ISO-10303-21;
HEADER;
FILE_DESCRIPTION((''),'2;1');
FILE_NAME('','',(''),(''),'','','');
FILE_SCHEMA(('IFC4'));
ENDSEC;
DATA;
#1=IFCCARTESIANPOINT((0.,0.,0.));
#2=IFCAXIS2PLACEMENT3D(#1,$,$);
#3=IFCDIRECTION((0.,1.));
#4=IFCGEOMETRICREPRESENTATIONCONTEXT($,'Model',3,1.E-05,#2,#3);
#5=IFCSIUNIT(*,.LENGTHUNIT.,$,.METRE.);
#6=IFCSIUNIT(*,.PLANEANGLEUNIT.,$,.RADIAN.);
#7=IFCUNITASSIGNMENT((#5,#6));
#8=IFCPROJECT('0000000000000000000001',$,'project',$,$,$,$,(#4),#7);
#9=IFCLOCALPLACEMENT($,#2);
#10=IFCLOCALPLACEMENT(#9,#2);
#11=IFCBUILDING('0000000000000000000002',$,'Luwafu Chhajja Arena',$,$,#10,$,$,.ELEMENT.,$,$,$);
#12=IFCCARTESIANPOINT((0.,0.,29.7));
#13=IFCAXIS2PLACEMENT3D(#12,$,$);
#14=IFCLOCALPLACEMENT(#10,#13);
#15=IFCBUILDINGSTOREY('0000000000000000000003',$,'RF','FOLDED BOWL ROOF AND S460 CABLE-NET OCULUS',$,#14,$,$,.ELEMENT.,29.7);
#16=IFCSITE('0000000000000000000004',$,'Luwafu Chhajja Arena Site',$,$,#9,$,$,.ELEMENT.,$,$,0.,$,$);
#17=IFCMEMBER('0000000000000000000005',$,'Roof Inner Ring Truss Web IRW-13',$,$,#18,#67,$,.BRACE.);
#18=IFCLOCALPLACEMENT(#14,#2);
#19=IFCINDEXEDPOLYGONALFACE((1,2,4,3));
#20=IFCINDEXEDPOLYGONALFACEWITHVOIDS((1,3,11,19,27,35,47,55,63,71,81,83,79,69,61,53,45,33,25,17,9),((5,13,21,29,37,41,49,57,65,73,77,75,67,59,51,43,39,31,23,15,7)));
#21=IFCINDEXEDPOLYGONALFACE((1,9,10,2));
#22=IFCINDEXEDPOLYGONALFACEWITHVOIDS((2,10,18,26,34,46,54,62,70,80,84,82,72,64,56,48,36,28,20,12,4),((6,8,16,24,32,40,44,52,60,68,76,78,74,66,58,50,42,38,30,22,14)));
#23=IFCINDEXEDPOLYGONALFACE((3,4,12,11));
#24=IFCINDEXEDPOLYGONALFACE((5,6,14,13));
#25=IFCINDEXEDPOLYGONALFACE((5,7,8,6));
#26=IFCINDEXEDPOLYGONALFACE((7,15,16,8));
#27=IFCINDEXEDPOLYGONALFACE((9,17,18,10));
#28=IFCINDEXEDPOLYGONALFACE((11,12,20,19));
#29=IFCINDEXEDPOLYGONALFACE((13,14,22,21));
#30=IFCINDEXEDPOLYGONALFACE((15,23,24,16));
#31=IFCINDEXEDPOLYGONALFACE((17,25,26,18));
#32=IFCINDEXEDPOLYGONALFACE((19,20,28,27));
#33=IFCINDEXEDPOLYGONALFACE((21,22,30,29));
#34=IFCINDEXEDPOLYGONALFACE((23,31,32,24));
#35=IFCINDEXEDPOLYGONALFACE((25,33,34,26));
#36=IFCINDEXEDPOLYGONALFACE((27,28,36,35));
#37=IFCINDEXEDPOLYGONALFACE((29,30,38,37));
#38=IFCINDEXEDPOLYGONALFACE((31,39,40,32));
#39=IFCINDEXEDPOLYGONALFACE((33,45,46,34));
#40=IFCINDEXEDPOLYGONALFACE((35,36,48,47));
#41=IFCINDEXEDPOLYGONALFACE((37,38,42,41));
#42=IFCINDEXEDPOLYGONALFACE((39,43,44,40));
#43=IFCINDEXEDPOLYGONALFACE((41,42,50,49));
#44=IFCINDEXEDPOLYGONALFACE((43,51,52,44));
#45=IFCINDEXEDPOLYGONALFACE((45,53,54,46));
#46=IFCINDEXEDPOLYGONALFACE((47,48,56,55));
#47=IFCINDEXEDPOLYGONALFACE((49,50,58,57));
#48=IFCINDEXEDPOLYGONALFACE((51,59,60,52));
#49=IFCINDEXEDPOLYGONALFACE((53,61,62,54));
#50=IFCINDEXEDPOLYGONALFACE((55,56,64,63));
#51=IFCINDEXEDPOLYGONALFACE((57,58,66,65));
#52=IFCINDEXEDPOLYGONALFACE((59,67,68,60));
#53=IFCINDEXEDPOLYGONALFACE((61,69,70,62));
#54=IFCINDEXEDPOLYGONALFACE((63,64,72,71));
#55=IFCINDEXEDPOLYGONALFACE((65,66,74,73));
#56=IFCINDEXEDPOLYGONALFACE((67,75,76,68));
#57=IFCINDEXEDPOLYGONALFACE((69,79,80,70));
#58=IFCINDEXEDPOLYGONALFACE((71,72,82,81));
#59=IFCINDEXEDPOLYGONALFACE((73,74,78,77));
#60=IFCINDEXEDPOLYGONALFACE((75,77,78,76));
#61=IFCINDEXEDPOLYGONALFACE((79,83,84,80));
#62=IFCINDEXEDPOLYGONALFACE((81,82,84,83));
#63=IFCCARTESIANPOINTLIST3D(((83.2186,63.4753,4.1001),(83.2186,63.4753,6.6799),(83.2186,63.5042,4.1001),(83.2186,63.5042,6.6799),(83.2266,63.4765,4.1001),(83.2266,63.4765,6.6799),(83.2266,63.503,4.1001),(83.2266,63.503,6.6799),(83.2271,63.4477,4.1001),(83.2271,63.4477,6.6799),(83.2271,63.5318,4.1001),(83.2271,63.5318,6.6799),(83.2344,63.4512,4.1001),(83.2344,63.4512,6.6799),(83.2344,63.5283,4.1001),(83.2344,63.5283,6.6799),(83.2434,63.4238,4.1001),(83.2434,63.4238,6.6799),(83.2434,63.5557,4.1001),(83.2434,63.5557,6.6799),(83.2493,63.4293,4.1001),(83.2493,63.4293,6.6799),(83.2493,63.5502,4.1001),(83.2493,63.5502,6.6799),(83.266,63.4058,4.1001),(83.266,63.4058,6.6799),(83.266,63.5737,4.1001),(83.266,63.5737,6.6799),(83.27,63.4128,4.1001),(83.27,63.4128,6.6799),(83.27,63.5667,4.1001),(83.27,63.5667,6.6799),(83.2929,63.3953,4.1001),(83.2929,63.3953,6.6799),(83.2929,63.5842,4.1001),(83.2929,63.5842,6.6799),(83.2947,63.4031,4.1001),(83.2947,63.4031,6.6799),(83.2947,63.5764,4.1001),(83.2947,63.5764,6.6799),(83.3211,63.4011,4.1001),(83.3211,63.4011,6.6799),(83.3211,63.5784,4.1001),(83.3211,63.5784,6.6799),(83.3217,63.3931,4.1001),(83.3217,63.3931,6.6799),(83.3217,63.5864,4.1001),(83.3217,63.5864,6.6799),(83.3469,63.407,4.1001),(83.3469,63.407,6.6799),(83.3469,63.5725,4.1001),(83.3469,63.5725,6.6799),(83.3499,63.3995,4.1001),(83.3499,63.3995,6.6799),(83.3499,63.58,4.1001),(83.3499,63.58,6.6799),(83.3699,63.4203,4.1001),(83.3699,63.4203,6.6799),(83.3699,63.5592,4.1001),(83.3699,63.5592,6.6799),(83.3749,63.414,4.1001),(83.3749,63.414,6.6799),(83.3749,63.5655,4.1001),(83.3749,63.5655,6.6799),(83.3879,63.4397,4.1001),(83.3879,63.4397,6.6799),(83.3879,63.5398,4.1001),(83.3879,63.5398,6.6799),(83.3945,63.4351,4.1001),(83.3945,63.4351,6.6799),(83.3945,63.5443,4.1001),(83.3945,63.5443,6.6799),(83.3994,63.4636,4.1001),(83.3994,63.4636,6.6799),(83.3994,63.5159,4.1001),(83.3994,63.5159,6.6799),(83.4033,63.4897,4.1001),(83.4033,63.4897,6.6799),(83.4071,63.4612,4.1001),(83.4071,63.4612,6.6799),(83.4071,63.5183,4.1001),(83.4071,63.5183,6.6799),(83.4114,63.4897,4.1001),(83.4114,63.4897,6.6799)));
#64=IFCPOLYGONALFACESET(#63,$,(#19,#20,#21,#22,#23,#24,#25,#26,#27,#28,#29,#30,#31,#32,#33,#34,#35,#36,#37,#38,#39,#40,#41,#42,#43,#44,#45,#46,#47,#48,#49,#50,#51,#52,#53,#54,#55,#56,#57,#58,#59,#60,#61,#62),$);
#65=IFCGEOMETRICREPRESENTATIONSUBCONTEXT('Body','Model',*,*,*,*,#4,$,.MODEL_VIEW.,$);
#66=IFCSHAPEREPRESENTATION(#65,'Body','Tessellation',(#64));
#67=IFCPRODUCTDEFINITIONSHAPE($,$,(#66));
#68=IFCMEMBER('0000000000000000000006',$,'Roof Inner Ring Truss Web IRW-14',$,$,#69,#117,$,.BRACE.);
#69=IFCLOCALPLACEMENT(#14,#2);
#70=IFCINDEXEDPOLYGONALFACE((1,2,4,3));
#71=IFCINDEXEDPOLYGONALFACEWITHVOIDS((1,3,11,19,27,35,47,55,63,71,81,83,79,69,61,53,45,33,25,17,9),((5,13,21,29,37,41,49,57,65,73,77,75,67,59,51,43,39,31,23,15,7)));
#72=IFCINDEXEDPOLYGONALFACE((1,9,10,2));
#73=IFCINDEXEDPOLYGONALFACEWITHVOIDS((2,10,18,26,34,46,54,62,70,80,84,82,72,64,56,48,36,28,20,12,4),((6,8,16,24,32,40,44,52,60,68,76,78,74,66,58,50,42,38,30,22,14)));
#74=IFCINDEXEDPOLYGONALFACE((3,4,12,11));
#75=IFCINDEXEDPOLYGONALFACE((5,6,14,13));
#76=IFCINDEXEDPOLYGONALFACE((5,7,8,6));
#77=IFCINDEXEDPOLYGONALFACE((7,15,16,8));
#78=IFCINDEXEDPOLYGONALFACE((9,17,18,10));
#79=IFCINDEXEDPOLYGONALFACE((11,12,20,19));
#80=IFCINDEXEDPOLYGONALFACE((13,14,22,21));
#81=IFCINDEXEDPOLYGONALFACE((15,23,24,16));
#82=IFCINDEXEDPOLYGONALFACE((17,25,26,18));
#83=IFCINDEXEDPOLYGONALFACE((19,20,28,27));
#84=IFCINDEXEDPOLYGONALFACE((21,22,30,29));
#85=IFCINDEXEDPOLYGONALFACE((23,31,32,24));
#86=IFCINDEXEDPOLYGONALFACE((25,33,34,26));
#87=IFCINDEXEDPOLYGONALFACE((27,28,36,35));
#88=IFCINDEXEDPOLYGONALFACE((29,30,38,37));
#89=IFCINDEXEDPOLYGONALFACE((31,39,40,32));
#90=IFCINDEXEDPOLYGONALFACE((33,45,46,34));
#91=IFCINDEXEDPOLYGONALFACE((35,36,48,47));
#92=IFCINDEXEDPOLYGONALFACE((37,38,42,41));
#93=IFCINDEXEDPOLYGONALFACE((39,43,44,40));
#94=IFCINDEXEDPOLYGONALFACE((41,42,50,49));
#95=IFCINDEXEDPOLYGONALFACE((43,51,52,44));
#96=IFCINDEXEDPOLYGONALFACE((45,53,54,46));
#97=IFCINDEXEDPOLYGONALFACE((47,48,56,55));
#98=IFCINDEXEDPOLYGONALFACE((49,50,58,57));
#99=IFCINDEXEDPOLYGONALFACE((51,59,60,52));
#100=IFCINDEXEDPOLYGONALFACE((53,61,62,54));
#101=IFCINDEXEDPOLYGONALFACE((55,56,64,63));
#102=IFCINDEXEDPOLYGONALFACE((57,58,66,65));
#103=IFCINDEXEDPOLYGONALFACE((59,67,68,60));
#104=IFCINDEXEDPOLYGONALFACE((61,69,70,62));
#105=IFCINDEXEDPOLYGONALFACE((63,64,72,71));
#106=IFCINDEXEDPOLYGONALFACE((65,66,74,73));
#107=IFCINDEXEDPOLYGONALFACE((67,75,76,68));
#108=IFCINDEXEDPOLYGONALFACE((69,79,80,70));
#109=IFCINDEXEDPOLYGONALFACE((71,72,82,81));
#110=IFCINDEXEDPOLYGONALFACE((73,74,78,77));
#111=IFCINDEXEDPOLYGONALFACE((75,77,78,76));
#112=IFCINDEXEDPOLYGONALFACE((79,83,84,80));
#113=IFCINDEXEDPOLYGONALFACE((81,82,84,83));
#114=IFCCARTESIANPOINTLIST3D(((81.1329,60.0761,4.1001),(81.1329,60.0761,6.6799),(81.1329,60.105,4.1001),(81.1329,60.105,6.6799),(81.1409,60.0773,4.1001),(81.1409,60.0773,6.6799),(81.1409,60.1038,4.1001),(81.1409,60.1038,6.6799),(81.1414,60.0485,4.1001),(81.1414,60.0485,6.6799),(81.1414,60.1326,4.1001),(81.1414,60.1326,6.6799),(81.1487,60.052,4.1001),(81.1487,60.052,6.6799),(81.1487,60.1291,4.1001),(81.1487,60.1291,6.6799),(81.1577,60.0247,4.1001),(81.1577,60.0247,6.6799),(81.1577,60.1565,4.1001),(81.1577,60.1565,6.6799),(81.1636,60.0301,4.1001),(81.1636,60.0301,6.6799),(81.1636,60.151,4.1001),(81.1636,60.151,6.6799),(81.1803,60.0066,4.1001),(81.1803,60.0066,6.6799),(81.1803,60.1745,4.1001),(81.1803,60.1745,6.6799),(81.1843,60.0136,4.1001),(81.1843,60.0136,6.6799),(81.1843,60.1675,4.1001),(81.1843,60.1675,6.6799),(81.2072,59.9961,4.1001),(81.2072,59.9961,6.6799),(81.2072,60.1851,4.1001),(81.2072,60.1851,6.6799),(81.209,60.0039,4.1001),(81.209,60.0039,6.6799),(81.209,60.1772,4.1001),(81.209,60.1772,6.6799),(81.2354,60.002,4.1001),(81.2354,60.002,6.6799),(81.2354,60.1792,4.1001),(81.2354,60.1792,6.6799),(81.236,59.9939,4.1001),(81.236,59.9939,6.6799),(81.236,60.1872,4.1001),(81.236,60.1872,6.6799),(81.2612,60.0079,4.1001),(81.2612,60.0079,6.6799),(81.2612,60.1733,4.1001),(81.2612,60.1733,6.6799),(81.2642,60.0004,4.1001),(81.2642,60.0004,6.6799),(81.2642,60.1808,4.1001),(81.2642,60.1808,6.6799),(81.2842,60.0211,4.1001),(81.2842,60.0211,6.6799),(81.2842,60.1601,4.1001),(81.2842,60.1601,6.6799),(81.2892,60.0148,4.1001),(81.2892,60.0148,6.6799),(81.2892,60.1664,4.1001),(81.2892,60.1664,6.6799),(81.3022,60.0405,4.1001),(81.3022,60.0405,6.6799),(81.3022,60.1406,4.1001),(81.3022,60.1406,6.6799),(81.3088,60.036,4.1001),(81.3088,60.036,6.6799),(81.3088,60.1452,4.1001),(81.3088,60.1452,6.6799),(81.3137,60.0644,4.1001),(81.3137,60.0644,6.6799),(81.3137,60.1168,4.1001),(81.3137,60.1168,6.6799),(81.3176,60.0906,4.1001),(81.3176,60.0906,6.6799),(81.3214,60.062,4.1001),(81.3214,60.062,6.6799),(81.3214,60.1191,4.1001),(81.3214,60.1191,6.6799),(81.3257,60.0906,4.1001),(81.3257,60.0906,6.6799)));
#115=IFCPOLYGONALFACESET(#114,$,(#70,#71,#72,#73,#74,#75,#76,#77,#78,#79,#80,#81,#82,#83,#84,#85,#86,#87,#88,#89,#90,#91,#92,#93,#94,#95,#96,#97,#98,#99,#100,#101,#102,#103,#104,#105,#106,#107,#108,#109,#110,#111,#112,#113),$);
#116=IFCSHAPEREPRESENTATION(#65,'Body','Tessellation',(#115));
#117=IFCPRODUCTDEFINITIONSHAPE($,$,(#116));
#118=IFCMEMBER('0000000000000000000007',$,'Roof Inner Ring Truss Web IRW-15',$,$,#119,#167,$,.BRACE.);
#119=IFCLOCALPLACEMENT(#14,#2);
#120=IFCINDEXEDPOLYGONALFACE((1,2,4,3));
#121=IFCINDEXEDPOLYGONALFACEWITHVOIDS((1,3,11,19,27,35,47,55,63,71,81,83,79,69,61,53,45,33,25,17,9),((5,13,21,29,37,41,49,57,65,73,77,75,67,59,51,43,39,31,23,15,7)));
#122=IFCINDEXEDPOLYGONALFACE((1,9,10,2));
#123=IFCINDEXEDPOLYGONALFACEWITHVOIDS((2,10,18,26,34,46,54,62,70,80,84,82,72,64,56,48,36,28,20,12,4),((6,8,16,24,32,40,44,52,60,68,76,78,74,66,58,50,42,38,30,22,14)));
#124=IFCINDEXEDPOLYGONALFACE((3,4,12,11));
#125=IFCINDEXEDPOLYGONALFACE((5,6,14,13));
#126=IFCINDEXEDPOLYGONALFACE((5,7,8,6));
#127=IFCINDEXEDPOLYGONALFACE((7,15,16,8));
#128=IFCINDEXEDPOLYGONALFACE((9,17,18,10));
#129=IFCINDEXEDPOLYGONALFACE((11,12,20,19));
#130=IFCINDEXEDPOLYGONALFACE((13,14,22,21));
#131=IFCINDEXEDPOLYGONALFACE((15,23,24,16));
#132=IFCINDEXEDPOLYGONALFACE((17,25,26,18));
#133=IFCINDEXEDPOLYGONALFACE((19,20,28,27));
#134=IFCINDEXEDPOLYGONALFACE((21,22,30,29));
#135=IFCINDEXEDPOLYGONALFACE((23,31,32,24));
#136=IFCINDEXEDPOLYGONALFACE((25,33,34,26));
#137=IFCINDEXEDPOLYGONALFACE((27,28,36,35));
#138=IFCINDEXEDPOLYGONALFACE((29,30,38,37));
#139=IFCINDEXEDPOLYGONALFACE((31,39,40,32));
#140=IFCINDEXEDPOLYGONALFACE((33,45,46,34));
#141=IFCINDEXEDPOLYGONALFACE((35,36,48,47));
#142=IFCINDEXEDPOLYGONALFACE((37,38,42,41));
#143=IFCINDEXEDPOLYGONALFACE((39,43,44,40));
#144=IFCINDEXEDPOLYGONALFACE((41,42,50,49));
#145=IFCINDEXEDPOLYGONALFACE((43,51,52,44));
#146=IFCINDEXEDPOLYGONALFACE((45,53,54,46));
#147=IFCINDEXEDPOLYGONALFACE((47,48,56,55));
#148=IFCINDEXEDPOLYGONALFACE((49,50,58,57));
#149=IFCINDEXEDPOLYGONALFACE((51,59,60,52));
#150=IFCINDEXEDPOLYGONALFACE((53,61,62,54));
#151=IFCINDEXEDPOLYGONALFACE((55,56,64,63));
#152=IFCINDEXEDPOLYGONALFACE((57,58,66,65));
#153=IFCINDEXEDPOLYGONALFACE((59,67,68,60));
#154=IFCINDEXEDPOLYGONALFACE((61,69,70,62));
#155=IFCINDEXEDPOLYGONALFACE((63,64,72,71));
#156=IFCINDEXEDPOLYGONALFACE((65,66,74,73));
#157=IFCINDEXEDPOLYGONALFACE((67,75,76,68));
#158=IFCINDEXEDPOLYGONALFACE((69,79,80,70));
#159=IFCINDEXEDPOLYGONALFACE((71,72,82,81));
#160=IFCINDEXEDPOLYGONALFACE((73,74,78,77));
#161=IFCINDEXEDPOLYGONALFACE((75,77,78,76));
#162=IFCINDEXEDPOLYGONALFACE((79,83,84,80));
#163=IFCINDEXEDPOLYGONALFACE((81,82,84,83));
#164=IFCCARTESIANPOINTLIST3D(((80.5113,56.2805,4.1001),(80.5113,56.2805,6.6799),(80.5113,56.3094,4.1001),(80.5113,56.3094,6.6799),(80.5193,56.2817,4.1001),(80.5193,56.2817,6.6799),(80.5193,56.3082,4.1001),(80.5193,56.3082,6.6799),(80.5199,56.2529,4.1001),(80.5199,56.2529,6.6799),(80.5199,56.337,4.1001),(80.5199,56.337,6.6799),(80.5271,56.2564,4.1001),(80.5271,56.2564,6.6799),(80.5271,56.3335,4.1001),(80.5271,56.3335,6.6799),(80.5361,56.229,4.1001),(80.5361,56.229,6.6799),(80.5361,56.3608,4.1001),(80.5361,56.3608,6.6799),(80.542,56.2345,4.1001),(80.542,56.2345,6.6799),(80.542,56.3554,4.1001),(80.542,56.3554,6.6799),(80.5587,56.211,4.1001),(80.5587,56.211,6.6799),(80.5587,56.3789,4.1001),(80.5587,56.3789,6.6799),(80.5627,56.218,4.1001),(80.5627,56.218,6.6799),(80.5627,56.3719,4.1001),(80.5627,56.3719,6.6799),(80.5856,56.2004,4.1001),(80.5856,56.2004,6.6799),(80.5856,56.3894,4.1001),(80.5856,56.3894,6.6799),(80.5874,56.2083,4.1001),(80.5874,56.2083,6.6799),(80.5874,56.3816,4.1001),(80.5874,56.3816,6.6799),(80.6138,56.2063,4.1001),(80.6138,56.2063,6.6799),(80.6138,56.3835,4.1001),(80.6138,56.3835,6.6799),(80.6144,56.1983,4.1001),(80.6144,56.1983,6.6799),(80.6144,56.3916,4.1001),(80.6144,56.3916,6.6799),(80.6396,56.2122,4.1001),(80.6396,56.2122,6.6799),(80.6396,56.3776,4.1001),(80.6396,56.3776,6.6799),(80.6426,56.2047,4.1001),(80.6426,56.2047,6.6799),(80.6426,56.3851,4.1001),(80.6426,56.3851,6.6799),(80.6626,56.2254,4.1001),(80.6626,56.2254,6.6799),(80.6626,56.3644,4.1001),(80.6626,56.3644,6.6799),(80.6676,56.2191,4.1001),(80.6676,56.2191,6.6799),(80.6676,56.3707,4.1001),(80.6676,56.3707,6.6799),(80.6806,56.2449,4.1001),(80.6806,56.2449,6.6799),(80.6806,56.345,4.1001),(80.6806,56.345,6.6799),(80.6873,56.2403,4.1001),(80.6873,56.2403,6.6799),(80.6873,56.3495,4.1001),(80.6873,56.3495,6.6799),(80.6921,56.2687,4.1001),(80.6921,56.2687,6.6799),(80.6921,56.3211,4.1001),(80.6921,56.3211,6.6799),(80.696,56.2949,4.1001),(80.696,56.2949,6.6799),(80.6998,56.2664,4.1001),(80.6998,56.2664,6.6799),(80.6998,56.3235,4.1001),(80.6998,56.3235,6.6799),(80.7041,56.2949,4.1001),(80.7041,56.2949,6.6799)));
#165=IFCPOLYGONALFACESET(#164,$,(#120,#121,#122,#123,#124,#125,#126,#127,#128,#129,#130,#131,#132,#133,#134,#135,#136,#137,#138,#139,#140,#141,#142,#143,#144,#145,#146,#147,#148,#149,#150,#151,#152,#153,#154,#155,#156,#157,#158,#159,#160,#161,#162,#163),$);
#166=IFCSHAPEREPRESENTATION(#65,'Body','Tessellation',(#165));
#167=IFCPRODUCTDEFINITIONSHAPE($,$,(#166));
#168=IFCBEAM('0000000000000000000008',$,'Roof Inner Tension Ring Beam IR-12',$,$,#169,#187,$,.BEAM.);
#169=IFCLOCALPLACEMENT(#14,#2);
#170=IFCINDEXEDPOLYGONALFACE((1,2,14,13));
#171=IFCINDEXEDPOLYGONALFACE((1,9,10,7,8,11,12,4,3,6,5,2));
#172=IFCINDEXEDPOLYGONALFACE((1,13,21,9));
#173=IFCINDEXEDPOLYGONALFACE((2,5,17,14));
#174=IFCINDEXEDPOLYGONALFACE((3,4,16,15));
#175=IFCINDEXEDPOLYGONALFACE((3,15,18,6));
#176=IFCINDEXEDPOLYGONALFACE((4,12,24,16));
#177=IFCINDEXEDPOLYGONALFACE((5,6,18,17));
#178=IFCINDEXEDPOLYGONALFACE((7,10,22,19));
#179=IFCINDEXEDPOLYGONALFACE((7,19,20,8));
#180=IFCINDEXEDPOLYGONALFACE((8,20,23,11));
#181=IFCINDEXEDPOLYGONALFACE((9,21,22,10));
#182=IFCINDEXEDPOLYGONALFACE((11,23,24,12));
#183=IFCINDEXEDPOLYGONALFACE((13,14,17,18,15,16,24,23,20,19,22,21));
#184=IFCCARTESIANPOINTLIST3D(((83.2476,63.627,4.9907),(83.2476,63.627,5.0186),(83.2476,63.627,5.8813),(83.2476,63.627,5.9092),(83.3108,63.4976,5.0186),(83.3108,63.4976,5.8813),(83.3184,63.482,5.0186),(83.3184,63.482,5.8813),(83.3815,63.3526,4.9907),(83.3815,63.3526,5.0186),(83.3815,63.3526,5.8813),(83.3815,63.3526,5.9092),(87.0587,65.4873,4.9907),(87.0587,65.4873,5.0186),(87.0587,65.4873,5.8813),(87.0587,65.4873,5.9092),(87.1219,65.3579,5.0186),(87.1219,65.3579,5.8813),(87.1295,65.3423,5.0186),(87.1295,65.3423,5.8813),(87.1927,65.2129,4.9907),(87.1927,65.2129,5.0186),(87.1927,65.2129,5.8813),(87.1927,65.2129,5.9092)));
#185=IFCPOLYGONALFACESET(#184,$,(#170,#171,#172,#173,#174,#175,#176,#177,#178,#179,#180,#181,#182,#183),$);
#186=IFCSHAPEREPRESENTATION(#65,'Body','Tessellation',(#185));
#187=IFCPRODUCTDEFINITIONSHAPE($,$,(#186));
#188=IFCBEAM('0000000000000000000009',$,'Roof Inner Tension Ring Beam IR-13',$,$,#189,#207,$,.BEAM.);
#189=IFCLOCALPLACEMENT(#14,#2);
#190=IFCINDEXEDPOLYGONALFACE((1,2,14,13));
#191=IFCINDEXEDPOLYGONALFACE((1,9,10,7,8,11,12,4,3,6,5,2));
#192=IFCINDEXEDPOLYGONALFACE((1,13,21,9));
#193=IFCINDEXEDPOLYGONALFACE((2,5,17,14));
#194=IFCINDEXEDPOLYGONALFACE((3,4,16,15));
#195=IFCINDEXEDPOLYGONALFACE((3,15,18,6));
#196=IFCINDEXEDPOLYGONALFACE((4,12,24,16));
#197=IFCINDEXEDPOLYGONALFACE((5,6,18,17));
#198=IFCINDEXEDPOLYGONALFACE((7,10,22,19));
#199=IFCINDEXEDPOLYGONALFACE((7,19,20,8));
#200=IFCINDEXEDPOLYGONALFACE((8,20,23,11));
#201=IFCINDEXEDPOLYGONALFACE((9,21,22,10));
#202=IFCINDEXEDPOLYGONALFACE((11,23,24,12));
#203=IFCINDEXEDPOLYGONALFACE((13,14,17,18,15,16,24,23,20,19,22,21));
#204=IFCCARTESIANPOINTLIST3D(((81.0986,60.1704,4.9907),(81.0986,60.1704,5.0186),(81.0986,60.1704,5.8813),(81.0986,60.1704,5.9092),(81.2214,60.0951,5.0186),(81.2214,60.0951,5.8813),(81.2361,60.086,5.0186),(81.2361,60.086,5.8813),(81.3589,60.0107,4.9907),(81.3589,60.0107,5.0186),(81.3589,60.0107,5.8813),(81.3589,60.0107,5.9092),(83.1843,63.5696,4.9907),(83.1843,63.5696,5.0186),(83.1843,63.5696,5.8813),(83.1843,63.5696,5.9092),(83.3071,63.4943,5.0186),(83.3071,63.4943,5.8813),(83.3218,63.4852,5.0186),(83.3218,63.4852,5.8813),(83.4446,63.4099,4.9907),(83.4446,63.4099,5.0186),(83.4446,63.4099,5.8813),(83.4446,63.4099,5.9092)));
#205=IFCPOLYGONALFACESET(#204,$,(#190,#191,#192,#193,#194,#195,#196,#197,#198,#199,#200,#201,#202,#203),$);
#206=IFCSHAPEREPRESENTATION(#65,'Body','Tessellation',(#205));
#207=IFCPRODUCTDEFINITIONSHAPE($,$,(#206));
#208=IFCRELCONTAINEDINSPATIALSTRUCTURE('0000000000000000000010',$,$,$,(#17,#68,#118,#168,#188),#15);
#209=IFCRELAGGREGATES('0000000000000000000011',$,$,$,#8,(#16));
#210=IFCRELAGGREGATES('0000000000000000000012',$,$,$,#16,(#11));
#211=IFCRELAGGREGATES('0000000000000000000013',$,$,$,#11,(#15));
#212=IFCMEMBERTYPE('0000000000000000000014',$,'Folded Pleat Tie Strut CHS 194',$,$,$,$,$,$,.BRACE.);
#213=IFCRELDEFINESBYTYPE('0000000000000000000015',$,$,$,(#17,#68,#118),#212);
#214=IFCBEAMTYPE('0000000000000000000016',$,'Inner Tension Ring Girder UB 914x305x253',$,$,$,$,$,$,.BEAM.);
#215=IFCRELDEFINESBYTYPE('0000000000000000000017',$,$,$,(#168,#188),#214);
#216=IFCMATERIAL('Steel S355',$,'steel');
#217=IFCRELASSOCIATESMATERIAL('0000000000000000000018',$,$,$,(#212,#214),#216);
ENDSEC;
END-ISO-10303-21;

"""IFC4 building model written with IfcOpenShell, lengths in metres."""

from ifc_helpers import new_model, si_unit, direction, frame, origin, origin_2d, place, context, subcontext, project, spatial, hollow_circle, i_section, extrude, material, material_profile, profile_set, type_object, element, save


model = new_model("IFC4")

# Units and contexts
model_context = context("Model", 3, precision=1e-05, world=origin(), true_north=direction((0.0, 1.0)))
body_context = subcontext(model_context, "Body", "Model", "MODEL_VIEW")
ifc_project = project(units=[si_unit("LENGTHUNIT", "METRE"), si_unit("PLANEANGLEUNIT", "RADIAN")], contexts=[model_context])

# Site, building, storey
site_placement = place(None, origin())
site = spatial("IfcSite", under=ifc_project, at=site_placement, Name="Luwafu Chhajja Arena Site", CompositionType="ELEMENT", RefElevation=0.0)
building_placement = place(site_placement, origin())
building = spatial("IfcBuilding", under=site, at=building_placement, Name="Luwafu Chhajja Arena", CompositionType="ELEMENT")
storey_placement = place(building_placement, frame((0.0, 0.0, 29.7)))
storey = spatial("IfcBuildingStorey", under=building, at=storey_placement, Name="RF", Description="FOLDED BOWL ROOF AND S460 CABLE-NET OCULUS", CompositionType="ELEMENT", Elevation=29.7)

# Members
ifc_material_1 = material(Name="Steel S355", Category="steel")
ifc_material_profile_1 = material_profile(ifc_material_1, hollow_circle(Radius=0.0969, WallThickness=0.0081, at=origin_2d()), Name="CHS 193.7x8")
ifc_profile_set_1 = profile_set([ifc_material_profile_1], Name="Steel S355")
member_type_1 = type_object("IfcMemberType", Name="Folded Pleat Tie Strut CHS 194", PredefinedType="BRACE", material=ifc_profile_set_1)
for number, where, z_axis, x_axis, name in (
    (1, (83.3145, 63.4897, 4.1001), (0.0, 0.0, 1.0), (1.0, 0.0, 0.0), "Roof Inner Ring Truss Web IRW-13"),
    (2, (81.2288, 60.0906, 4.1001), (0.0, 0.0, 1.0), (1.0, 0.0, 0.0), "Roof Inner Ring Truss Web IRW-14"),
    (3, (80.6072, 56.2949, 4.1001), (0.0, 0.0, 1.0), (1.0, 0.0, 0.0), "Roof Inner Ring Truss Web IRW-15"),
):
    element("IfcMember", number, at=place(storey_placement, frame(where, z_axis=z_axis, x_axis=x_axis)), inside=storey, type_object=member_type_1, Name=name, PredefinedType="BRACE", context=body_context, shape_type="SweptSolid", body=[
        extrude(hollow_circle(Radius=0.0969, WallThickness=0.0081, at=origin_2d()), origin(), (0.0, 0.0, 1.0), 2.5798),
    ])

# Beams
ifc_material_profile_2 = material_profile(ifc_material_1, i_section(OverallWidth=0.3054, OverallDepth=0.9185, WebThickness=0.0173, FlangeThickness=0.0278, at=origin_2d()), Name="UB 914x305x253")
ifc_profile_set_2 = profile_set([ifc_material_profile_2], Name="Steel S355")
beam_type = type_object("IfcBeamType", Name="Inner Tension Ring Girder UB 914x305x253", PredefinedType="BEAM", material=ifc_profile_set_2)
beam_1_placement = place(storey_placement, frame((87.1257, 65.3501, 5.45), z_axis=(-0.898658, -0.43865, 0.0), x_axis=(0.43865, -0.898658, 0.0)))
element("IfcBeam", 4, at=beam_1_placement, inside=storey, type_object=beam_type, Name="Roof Inner Tension Ring Beam IR-12", PredefinedType="BEAM", context=body_context, shape_type="SweptSolid", body=[
    extrude(i_section(OverallWidth=0.3054, OverallDepth=0.9185, WebThickness=0.0173, FlangeThickness=0.0278, at=origin_2d()), origin(), (0.0, 0.0, 1.0), 4.241),
])
beam_2_placement = place(storey_placement, frame((83.3145, 63.4897, 5.45), z_axis=(-0.522987, -0.852341, 0.0), x_axis=(0.852341, -0.522987, 0.0)))
element("IfcBeam", 5, at=beam_2_placement, inside=storey, type_object=beam_type, Name="Roof Inner Tension Ring Beam IR-13", PredefinedType="BEAM", context=body_context, shape_type="SweptSolid", body=[
    extrude(i_section(OverallWidth=0.3054, OverallDepth=0.9185, WebThickness=0.0173, FlangeThickness=0.0278, at=origin_2d()), origin(), (0.0, 0.0, 1.0), 3.988),
])

save(model, "model.ifc")
